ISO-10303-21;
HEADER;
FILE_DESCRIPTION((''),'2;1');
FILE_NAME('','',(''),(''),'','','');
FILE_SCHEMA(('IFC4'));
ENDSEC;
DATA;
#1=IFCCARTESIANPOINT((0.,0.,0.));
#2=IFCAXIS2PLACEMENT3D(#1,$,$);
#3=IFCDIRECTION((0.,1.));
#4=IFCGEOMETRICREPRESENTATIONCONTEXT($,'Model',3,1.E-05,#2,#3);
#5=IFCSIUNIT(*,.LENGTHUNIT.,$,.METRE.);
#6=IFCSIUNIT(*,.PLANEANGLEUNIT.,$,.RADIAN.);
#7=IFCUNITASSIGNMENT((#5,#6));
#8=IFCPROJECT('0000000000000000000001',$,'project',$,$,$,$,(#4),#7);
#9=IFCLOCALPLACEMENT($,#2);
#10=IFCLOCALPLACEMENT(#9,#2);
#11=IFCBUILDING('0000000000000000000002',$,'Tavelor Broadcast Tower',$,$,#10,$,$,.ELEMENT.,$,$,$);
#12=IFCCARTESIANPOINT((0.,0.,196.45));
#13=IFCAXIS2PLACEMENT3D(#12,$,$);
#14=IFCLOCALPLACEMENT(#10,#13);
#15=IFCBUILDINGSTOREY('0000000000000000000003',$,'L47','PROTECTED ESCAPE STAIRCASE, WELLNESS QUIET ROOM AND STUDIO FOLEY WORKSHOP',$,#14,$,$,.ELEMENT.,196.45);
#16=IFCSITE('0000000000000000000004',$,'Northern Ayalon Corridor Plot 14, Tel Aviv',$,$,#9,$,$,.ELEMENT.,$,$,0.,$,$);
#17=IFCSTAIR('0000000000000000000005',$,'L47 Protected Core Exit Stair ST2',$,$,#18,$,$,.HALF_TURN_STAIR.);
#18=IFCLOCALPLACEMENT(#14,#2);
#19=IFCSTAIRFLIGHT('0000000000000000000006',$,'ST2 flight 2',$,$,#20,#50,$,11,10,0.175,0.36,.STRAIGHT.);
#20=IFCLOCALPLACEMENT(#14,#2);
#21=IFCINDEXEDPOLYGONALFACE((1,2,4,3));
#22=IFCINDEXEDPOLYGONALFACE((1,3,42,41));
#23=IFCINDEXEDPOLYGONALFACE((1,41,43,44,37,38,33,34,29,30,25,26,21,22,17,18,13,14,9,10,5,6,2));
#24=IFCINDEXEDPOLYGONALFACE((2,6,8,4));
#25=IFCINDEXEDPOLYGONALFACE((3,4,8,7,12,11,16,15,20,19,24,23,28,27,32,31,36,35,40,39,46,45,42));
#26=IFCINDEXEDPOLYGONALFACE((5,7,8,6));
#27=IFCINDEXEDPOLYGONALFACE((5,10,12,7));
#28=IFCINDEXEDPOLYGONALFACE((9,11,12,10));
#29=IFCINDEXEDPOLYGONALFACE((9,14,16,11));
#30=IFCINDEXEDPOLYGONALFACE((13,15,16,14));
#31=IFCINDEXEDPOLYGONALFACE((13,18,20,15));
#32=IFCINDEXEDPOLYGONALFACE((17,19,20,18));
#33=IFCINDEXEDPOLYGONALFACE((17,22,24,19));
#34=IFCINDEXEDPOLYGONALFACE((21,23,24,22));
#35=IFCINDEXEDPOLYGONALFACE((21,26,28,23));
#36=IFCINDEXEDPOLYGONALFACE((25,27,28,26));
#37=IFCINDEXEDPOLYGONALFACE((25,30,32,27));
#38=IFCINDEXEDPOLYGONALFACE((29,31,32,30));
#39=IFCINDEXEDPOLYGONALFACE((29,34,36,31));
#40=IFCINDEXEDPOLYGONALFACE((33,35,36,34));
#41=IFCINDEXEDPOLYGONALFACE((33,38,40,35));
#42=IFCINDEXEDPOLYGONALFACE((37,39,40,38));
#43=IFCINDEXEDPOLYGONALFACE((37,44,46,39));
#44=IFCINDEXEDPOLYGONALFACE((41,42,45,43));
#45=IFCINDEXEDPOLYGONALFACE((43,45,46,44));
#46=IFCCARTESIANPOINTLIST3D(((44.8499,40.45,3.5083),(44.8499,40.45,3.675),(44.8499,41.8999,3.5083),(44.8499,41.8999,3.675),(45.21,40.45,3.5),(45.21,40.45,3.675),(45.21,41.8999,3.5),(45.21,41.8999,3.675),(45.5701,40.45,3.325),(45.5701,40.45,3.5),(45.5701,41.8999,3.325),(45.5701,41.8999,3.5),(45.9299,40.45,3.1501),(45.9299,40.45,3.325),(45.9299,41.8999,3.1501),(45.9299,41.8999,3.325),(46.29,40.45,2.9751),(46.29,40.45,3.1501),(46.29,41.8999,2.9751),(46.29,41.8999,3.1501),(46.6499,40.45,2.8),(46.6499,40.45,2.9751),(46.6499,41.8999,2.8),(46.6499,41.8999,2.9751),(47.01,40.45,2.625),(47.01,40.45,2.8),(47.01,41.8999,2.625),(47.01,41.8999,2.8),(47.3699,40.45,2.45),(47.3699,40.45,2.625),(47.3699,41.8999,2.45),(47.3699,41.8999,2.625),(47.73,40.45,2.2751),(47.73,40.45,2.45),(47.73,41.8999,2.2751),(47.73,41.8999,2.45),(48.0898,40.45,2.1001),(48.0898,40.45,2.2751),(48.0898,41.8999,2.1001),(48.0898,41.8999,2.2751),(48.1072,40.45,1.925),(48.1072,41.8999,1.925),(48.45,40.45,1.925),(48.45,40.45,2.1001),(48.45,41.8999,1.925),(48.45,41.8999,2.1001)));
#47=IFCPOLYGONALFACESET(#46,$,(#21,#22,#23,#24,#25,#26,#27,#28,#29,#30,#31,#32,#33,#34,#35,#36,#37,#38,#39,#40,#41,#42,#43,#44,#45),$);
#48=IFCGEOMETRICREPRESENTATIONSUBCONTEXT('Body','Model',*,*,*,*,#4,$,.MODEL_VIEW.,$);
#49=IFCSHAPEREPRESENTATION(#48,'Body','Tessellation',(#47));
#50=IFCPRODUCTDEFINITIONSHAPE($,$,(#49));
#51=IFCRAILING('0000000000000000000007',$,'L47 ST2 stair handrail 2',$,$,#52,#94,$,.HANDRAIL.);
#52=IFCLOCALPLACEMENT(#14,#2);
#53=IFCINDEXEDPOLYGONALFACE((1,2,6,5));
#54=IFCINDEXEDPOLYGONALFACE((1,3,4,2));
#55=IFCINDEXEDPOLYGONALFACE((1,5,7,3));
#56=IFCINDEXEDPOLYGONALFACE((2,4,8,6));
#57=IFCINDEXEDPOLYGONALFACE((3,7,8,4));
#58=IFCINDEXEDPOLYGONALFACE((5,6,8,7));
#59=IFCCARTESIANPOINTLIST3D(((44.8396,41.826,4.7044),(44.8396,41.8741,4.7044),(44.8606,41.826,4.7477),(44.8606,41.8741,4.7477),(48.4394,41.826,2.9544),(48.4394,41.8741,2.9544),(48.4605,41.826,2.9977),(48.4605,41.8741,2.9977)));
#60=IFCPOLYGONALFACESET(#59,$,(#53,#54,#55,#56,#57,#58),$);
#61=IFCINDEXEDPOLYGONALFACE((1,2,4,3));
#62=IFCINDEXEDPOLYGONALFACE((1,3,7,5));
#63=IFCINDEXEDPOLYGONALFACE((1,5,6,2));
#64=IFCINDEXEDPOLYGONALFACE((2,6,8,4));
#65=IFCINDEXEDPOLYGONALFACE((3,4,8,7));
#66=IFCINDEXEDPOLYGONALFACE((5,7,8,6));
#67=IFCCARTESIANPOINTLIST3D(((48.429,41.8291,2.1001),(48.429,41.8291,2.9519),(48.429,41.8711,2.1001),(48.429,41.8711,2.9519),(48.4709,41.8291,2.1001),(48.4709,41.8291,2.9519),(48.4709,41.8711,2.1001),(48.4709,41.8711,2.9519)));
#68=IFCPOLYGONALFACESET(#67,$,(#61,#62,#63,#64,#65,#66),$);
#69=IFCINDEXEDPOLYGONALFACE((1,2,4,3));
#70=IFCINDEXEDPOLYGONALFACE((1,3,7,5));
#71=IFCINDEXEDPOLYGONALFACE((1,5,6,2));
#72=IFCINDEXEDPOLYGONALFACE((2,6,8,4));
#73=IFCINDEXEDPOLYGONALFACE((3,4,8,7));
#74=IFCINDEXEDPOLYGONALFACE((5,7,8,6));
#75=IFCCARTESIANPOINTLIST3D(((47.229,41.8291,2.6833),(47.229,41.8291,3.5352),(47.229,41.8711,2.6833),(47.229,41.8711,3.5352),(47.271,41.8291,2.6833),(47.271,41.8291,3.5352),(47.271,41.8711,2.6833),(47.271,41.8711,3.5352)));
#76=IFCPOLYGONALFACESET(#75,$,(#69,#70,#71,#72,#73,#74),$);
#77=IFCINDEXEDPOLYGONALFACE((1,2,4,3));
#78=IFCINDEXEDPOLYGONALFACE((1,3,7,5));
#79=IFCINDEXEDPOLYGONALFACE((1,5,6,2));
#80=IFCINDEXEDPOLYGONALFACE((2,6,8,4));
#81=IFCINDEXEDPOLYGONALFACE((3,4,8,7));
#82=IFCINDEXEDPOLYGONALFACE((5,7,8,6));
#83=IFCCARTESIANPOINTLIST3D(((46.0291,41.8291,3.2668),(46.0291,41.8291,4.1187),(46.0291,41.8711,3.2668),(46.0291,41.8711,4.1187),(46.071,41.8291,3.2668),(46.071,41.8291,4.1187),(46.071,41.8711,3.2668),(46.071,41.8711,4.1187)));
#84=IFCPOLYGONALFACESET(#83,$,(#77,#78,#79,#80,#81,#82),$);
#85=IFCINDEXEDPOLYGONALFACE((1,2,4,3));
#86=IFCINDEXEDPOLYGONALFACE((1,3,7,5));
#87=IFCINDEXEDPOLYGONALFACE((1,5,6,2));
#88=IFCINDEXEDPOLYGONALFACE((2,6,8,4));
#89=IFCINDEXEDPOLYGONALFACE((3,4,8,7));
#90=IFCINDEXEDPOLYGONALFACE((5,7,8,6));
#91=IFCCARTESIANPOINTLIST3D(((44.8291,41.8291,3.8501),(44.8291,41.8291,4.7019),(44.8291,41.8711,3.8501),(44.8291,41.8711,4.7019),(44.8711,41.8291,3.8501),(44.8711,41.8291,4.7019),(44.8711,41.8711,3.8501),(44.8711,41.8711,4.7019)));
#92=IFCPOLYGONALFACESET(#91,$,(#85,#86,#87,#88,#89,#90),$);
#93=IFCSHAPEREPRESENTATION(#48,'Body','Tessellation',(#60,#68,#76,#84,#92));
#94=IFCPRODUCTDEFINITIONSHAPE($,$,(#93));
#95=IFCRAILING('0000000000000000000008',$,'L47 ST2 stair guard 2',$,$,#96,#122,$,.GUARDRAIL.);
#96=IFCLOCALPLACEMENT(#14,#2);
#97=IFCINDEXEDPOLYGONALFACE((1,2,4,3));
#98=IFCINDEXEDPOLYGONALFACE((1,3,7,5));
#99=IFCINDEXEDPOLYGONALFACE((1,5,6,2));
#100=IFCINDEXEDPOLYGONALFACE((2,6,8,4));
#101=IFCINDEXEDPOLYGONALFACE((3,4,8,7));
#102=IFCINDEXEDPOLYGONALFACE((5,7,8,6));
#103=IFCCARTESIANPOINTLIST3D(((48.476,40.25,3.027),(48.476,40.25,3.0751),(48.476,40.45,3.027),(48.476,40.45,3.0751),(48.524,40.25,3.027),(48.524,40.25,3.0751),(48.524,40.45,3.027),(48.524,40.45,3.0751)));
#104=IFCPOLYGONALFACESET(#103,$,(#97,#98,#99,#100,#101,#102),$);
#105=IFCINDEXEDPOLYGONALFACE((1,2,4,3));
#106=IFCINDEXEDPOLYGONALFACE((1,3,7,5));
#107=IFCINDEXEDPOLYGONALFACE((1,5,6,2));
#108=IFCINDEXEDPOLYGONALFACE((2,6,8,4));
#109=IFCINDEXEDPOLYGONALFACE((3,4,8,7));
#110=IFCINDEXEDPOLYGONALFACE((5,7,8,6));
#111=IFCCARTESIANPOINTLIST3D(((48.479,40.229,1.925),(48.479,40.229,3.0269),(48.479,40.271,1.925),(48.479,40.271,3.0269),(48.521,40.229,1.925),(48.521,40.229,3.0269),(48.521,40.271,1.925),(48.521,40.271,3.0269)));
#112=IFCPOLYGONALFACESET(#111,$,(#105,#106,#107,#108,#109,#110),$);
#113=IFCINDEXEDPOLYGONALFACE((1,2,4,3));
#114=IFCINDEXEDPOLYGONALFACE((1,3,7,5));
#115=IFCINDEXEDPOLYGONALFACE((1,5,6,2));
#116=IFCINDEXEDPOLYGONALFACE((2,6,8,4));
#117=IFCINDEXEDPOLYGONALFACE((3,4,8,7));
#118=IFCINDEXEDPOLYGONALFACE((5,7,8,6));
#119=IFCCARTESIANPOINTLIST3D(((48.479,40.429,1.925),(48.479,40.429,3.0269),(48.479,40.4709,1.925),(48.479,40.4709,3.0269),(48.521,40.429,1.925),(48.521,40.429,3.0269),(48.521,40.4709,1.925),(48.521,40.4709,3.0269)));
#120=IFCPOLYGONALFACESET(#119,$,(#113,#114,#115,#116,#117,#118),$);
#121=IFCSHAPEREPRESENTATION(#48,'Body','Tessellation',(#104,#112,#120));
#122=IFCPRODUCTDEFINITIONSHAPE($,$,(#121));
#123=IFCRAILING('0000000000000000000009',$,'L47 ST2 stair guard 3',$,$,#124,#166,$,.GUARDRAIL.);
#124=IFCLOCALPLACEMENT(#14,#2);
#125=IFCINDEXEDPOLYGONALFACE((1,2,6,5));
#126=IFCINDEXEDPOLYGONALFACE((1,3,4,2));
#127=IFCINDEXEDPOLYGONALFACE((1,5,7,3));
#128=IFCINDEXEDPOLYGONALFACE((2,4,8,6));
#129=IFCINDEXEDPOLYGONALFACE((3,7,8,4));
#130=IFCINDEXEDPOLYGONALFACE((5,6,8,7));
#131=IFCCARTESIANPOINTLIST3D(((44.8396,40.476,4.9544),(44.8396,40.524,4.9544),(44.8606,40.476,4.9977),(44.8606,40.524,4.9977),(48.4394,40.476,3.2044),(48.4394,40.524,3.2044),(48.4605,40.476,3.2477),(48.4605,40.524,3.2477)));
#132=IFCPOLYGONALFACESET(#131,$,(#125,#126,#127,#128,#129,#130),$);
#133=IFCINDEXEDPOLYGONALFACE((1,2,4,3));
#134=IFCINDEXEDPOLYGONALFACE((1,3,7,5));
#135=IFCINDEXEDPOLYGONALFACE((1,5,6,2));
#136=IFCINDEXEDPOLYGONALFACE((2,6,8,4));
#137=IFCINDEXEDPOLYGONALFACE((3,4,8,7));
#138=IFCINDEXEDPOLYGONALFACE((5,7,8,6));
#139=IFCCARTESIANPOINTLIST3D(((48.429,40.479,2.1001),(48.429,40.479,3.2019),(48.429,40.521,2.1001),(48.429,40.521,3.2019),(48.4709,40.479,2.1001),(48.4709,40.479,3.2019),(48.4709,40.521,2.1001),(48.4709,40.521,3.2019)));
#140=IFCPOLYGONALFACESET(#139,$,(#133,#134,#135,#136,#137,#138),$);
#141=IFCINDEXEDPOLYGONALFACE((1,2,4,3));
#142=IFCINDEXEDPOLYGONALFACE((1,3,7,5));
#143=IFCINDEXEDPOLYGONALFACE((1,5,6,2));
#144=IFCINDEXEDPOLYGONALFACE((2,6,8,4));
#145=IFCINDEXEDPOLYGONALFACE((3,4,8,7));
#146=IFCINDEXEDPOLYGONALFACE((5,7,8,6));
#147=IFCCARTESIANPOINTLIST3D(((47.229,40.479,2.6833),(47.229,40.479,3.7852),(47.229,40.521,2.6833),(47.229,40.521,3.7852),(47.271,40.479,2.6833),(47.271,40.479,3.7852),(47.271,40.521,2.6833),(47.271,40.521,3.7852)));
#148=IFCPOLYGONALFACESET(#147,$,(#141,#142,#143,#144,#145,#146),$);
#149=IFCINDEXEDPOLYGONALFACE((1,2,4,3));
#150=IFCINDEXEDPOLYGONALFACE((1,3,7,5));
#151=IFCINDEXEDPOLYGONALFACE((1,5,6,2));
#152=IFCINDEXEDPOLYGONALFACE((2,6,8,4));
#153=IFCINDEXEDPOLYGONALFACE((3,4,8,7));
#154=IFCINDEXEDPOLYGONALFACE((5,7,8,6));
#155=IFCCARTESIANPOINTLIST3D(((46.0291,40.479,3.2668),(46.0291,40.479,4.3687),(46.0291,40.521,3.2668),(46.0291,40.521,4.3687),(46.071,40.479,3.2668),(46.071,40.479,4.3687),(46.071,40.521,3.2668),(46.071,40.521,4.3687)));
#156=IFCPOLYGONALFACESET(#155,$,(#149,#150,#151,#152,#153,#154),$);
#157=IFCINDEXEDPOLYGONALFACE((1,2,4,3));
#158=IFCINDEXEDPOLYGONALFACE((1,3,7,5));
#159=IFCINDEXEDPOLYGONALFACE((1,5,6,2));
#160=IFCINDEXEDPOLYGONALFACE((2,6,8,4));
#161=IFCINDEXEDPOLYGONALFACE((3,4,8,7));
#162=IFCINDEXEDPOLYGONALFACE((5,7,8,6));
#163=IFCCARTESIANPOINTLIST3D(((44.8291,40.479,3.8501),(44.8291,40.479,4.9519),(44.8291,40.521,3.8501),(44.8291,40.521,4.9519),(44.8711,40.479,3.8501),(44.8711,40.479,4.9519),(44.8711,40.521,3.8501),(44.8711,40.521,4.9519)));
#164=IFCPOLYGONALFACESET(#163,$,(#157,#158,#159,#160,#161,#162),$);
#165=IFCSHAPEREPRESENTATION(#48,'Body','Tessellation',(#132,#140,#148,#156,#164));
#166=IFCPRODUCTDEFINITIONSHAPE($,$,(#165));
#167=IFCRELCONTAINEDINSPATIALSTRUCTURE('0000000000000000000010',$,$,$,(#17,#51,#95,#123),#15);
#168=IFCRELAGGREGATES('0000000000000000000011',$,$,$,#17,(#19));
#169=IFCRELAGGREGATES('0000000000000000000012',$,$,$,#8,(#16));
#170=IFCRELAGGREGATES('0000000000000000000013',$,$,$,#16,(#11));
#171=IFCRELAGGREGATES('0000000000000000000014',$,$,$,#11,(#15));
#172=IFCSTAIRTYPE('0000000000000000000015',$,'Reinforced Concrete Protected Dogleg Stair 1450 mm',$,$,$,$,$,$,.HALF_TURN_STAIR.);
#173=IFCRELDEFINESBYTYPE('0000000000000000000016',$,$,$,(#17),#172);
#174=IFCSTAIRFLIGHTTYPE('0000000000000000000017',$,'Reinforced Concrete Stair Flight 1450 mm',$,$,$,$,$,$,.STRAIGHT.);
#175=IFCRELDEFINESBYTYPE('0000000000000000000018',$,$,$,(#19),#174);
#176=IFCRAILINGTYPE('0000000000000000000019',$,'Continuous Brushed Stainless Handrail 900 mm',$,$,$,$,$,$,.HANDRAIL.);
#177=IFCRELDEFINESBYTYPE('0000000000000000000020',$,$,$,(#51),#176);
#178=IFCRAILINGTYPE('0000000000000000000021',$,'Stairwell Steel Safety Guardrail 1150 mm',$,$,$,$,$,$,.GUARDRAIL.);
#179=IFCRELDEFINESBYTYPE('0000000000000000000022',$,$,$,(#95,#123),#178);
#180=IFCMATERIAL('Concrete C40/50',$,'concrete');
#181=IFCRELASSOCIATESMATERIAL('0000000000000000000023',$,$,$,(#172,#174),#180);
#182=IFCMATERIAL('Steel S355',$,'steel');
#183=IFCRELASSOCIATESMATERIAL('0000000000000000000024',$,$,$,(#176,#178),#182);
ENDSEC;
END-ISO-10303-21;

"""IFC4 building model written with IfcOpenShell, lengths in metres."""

from ifc_helpers import new_model, si_unit, direction, frame, origin, origin_2d, place, context, subcontext, project, spatial, polyline, rectangle, outline, extrude, material, type_object, element, aggregate, save


model = new_model("IFC4")

# Units and contexts
model_context = context("Model", 3, precision=1e-05, world=origin(), true_north=direction((0.0, 1.0)))
body_context = subcontext(model_context, "Body", "Model", "MODEL_VIEW")
ifc_project = project(units=[si_unit("LENGTHUNIT", "METRE"), si_unit("PLANEANGLEUNIT", "RADIAN")], contexts=[model_context])

# Site, building, storey
site_placement = place(None, origin())
site = spatial("IfcSite", under=ifc_project, at=site_placement, Name="Northern Ayalon Corridor Plot 14, Tel Aviv", CompositionType="ELEMENT", RefElevation=0.0)
building_placement = place(site_placement, origin())
building = spatial("IfcBuilding", under=site, at=building_placement, Name="Tavelor Broadcast Tower", CompositionType="ELEMENT")
storey_placement = place(building_placement, frame((0.0, 0.0, 196.45)))
storey = spatial("IfcBuildingStorey", under=building, at=storey_placement, Name="L47", Description="PROTECTED ESCAPE STAIRCASE, WELLNESS QUIET ROOM AND STUDIO FOLEY WORKSHOP", CompositionType="ELEMENT", Elevation=196.45)

# Shared definitions
ifc_material_1 = material(Name="Steel S355", Category="steel")

# Shared definitions
ifc_material_2 = material(Name="Concrete C40/50", Category="concrete")

# Stair, stair flight
stair_type = type_object("IfcStairType", Name="Reinforced Concrete Protected Dogleg Stair 1450 mm", PredefinedType="HALF_TURN_STAIR", material=ifc_material_2)
stair_placement = place(storey_placement, origin())
stair = element("IfcStair", 1, at=stair_placement, inside=storey, type_object=stair_type, Name="L47 Protected Core Exit Stair ST2", PredefinedType="HALF_TURN_STAIR")
stair_flight_type = type_object("IfcStairFlightType", Name="Reinforced Concrete Stair Flight 1450 mm", PredefinedType="STRAIGHT", material=ifc_material_2)
stair_flight_placement = place(storey_placement, frame((48.45, 41.175, 1.925), z_axis=(0.0, 0.0, 1.0), x_axis=(-1.0, 0.0, 0.0)))
stair_flight = element("IfcStairFlight", 2, at=stair_flight_placement, type_object=stair_flight_type, Name="ST2 flight 2", NumberOfRisers=11, NumberOfTreads=10, PredefinedType="STRAIGHT", RiserHeight=0.175, TreadLength=0.36, context=body_context, shape_type="SweptSolid", body=[
    extrude(outline(polyline([(0.0, 0.0), (0.0, 0.175), (0.3601, 0.175), (0.3601, 0.3501), (0.72, 0.3501), (0.72, 0.5249), (1.0801, 0.5249), (1.0801, 0.7), (1.4399, 0.7), (1.4399, 0.875), (1.8, 0.875), (1.8, 1.05), (2.1599, 1.05), (2.1599, 1.2251), (2.52, 1.2251), (2.52, 1.3999), (2.8799, 1.3999), (2.8799, 1.575), (3.24, 1.575), (3.24, 1.75), (3.6001, 1.75), (3.6001, 1.925), (3.6001, 1.5833), (0.3428, 0.0), (0.0, 0.0)])), frame((0.0, 0.7251, 0.0), z_axis=(0.0, -1.0, 0.0), x_axis=(1.0, 0.0, 0.0)), (0.0, 0.0, 1.0), 1.45),
])
aggregate(stair, [stair_flight])

# Railings
railing_type_1 = type_object("IfcRailingType", Name="Continuous Brushed Stainless Handrail 900 mm", PredefinedType="HANDRAIL", material=ifc_material_1)
railing_1_placement = place(storey_placement, frame((48.45, 41.8501, 2.1001)))
element("IfcRailing", 3, at=railing_1_placement, inside=storey, type_object=railing_type_1, Name="L47 ST2 stair handrail 2", PredefinedType="HANDRAIL", context=body_context, shape_type="SweptSolid", body=[
    extrude(rectangle(XDim=0.0481, YDim=0.0481, at=origin_2d()), frame((0.0, 0.0, 0.876), z_axis=(-0.899361, 0.0, 0.437207), x_axis=(0.0, -1.0, 0.0)), (0.0, 0.0, 1.0), 4.0027),
    extrude(rectangle(XDim=0.042, YDim=0.042, at=origin_2d()), origin(), (0.0, 0.0, 1.0), 0.8518),
    extrude(rectangle(XDim=0.042, YDim=0.042, at=origin_2d()), frame((-1.2, 0.0, 0.5833)), (0.0, 0.0, 1.0), 0.8518),
    extrude(rectangle(XDim=0.042, YDim=0.042, at=origin_2d()), frame((-2.3999, 0.0, 1.1667)), (0.0, 0.0, 1.0), 0.8518),
    extrude(rectangle(XDim=0.042, YDim=0.042, at=origin_2d()), frame((-3.5999, 0.0, 1.75)), (0.0, 0.0, 1.0), 0.8518),
])
railing_type_2 = type_object("IfcRailingType", Name="Stairwell Steel Safety Guardrail 1150 mm", PredefinedType="GUARDRAIL", material=ifc_material_1)
railing_2_placement = place(storey_placement, frame((48.5, 40.25, 1.925)))
element("IfcRailing", 4, at=railing_2_placement, inside=storey, type_object=railing_type_2, Name="L47 ST2 stair guard 2", PredefinedType="GUARDRAIL", context=body_context, shape_type="SweptSolid", body=[
    extrude(rectangle(XDim=0.0481, YDim=0.0481, at=origin_2d()), frame((0.0, 0.0, 1.126), z_axis=(0.0, 1.0, 0.0), x_axis=(-1.0, 0.0, 0.0)), (0.0, 0.0, 1.0), 0.2),
    extrude(rectangle(XDim=0.042, YDim=0.042, at=origin_2d()), origin(), (0.0, 0.0, 1.0), 1.1018),
    extrude(rectangle(XDim=0.042, YDim=0.042, at=origin_2d()), frame((0.0, 0.2, 0.0)), (0.0, 0.0, 1.0), 1.1018),
])
railing_3_placement = place(storey_placement, frame((48.45, 40.5, 2.1001)))
element("IfcRailing", 5, at=railing_3_placement, inside=storey, type_object=railing_type_2, Name="L47 ST2 stair guard 3", PredefinedType="GUARDRAIL", context=body_context, shape_type="SweptSolid", body=[
    extrude(rectangle(XDim=0.0481, YDim=0.0481, at=origin_2d()), frame((0.0, 0.0, 1.126), z_axis=(-0.899361, 0.0, 0.437207), x_axis=(0.0, -1.0, 0.0)), (0.0, 0.0, 1.0), 4.0027),
    extrude(rectangle(XDim=0.042, YDim=0.042, at=origin_2d()), origin(), (0.0, 0.0, 1.0), 1.1018),
    extrude(rectangle(XDim=0.042, YDim=0.042, at=origin_2d()), frame((-1.2, 0.0, 0.5833)), (0.0, 0.0, 1.0), 1.1018),
    extrude(rectangle(XDim=0.042, YDim=0.042, at=origin_2d()), frame((-2.3999, 0.0, 1.1667)), (0.0, 0.0, 1.0), 1.1018),
    extrude(rectangle(XDim=0.042, YDim=0.042, at=origin_2d()), frame((-3.5999, 0.0, 1.75)), (0.0, 0.0, 1.0), 1.1018),
])

save(model, "model.ifc")
